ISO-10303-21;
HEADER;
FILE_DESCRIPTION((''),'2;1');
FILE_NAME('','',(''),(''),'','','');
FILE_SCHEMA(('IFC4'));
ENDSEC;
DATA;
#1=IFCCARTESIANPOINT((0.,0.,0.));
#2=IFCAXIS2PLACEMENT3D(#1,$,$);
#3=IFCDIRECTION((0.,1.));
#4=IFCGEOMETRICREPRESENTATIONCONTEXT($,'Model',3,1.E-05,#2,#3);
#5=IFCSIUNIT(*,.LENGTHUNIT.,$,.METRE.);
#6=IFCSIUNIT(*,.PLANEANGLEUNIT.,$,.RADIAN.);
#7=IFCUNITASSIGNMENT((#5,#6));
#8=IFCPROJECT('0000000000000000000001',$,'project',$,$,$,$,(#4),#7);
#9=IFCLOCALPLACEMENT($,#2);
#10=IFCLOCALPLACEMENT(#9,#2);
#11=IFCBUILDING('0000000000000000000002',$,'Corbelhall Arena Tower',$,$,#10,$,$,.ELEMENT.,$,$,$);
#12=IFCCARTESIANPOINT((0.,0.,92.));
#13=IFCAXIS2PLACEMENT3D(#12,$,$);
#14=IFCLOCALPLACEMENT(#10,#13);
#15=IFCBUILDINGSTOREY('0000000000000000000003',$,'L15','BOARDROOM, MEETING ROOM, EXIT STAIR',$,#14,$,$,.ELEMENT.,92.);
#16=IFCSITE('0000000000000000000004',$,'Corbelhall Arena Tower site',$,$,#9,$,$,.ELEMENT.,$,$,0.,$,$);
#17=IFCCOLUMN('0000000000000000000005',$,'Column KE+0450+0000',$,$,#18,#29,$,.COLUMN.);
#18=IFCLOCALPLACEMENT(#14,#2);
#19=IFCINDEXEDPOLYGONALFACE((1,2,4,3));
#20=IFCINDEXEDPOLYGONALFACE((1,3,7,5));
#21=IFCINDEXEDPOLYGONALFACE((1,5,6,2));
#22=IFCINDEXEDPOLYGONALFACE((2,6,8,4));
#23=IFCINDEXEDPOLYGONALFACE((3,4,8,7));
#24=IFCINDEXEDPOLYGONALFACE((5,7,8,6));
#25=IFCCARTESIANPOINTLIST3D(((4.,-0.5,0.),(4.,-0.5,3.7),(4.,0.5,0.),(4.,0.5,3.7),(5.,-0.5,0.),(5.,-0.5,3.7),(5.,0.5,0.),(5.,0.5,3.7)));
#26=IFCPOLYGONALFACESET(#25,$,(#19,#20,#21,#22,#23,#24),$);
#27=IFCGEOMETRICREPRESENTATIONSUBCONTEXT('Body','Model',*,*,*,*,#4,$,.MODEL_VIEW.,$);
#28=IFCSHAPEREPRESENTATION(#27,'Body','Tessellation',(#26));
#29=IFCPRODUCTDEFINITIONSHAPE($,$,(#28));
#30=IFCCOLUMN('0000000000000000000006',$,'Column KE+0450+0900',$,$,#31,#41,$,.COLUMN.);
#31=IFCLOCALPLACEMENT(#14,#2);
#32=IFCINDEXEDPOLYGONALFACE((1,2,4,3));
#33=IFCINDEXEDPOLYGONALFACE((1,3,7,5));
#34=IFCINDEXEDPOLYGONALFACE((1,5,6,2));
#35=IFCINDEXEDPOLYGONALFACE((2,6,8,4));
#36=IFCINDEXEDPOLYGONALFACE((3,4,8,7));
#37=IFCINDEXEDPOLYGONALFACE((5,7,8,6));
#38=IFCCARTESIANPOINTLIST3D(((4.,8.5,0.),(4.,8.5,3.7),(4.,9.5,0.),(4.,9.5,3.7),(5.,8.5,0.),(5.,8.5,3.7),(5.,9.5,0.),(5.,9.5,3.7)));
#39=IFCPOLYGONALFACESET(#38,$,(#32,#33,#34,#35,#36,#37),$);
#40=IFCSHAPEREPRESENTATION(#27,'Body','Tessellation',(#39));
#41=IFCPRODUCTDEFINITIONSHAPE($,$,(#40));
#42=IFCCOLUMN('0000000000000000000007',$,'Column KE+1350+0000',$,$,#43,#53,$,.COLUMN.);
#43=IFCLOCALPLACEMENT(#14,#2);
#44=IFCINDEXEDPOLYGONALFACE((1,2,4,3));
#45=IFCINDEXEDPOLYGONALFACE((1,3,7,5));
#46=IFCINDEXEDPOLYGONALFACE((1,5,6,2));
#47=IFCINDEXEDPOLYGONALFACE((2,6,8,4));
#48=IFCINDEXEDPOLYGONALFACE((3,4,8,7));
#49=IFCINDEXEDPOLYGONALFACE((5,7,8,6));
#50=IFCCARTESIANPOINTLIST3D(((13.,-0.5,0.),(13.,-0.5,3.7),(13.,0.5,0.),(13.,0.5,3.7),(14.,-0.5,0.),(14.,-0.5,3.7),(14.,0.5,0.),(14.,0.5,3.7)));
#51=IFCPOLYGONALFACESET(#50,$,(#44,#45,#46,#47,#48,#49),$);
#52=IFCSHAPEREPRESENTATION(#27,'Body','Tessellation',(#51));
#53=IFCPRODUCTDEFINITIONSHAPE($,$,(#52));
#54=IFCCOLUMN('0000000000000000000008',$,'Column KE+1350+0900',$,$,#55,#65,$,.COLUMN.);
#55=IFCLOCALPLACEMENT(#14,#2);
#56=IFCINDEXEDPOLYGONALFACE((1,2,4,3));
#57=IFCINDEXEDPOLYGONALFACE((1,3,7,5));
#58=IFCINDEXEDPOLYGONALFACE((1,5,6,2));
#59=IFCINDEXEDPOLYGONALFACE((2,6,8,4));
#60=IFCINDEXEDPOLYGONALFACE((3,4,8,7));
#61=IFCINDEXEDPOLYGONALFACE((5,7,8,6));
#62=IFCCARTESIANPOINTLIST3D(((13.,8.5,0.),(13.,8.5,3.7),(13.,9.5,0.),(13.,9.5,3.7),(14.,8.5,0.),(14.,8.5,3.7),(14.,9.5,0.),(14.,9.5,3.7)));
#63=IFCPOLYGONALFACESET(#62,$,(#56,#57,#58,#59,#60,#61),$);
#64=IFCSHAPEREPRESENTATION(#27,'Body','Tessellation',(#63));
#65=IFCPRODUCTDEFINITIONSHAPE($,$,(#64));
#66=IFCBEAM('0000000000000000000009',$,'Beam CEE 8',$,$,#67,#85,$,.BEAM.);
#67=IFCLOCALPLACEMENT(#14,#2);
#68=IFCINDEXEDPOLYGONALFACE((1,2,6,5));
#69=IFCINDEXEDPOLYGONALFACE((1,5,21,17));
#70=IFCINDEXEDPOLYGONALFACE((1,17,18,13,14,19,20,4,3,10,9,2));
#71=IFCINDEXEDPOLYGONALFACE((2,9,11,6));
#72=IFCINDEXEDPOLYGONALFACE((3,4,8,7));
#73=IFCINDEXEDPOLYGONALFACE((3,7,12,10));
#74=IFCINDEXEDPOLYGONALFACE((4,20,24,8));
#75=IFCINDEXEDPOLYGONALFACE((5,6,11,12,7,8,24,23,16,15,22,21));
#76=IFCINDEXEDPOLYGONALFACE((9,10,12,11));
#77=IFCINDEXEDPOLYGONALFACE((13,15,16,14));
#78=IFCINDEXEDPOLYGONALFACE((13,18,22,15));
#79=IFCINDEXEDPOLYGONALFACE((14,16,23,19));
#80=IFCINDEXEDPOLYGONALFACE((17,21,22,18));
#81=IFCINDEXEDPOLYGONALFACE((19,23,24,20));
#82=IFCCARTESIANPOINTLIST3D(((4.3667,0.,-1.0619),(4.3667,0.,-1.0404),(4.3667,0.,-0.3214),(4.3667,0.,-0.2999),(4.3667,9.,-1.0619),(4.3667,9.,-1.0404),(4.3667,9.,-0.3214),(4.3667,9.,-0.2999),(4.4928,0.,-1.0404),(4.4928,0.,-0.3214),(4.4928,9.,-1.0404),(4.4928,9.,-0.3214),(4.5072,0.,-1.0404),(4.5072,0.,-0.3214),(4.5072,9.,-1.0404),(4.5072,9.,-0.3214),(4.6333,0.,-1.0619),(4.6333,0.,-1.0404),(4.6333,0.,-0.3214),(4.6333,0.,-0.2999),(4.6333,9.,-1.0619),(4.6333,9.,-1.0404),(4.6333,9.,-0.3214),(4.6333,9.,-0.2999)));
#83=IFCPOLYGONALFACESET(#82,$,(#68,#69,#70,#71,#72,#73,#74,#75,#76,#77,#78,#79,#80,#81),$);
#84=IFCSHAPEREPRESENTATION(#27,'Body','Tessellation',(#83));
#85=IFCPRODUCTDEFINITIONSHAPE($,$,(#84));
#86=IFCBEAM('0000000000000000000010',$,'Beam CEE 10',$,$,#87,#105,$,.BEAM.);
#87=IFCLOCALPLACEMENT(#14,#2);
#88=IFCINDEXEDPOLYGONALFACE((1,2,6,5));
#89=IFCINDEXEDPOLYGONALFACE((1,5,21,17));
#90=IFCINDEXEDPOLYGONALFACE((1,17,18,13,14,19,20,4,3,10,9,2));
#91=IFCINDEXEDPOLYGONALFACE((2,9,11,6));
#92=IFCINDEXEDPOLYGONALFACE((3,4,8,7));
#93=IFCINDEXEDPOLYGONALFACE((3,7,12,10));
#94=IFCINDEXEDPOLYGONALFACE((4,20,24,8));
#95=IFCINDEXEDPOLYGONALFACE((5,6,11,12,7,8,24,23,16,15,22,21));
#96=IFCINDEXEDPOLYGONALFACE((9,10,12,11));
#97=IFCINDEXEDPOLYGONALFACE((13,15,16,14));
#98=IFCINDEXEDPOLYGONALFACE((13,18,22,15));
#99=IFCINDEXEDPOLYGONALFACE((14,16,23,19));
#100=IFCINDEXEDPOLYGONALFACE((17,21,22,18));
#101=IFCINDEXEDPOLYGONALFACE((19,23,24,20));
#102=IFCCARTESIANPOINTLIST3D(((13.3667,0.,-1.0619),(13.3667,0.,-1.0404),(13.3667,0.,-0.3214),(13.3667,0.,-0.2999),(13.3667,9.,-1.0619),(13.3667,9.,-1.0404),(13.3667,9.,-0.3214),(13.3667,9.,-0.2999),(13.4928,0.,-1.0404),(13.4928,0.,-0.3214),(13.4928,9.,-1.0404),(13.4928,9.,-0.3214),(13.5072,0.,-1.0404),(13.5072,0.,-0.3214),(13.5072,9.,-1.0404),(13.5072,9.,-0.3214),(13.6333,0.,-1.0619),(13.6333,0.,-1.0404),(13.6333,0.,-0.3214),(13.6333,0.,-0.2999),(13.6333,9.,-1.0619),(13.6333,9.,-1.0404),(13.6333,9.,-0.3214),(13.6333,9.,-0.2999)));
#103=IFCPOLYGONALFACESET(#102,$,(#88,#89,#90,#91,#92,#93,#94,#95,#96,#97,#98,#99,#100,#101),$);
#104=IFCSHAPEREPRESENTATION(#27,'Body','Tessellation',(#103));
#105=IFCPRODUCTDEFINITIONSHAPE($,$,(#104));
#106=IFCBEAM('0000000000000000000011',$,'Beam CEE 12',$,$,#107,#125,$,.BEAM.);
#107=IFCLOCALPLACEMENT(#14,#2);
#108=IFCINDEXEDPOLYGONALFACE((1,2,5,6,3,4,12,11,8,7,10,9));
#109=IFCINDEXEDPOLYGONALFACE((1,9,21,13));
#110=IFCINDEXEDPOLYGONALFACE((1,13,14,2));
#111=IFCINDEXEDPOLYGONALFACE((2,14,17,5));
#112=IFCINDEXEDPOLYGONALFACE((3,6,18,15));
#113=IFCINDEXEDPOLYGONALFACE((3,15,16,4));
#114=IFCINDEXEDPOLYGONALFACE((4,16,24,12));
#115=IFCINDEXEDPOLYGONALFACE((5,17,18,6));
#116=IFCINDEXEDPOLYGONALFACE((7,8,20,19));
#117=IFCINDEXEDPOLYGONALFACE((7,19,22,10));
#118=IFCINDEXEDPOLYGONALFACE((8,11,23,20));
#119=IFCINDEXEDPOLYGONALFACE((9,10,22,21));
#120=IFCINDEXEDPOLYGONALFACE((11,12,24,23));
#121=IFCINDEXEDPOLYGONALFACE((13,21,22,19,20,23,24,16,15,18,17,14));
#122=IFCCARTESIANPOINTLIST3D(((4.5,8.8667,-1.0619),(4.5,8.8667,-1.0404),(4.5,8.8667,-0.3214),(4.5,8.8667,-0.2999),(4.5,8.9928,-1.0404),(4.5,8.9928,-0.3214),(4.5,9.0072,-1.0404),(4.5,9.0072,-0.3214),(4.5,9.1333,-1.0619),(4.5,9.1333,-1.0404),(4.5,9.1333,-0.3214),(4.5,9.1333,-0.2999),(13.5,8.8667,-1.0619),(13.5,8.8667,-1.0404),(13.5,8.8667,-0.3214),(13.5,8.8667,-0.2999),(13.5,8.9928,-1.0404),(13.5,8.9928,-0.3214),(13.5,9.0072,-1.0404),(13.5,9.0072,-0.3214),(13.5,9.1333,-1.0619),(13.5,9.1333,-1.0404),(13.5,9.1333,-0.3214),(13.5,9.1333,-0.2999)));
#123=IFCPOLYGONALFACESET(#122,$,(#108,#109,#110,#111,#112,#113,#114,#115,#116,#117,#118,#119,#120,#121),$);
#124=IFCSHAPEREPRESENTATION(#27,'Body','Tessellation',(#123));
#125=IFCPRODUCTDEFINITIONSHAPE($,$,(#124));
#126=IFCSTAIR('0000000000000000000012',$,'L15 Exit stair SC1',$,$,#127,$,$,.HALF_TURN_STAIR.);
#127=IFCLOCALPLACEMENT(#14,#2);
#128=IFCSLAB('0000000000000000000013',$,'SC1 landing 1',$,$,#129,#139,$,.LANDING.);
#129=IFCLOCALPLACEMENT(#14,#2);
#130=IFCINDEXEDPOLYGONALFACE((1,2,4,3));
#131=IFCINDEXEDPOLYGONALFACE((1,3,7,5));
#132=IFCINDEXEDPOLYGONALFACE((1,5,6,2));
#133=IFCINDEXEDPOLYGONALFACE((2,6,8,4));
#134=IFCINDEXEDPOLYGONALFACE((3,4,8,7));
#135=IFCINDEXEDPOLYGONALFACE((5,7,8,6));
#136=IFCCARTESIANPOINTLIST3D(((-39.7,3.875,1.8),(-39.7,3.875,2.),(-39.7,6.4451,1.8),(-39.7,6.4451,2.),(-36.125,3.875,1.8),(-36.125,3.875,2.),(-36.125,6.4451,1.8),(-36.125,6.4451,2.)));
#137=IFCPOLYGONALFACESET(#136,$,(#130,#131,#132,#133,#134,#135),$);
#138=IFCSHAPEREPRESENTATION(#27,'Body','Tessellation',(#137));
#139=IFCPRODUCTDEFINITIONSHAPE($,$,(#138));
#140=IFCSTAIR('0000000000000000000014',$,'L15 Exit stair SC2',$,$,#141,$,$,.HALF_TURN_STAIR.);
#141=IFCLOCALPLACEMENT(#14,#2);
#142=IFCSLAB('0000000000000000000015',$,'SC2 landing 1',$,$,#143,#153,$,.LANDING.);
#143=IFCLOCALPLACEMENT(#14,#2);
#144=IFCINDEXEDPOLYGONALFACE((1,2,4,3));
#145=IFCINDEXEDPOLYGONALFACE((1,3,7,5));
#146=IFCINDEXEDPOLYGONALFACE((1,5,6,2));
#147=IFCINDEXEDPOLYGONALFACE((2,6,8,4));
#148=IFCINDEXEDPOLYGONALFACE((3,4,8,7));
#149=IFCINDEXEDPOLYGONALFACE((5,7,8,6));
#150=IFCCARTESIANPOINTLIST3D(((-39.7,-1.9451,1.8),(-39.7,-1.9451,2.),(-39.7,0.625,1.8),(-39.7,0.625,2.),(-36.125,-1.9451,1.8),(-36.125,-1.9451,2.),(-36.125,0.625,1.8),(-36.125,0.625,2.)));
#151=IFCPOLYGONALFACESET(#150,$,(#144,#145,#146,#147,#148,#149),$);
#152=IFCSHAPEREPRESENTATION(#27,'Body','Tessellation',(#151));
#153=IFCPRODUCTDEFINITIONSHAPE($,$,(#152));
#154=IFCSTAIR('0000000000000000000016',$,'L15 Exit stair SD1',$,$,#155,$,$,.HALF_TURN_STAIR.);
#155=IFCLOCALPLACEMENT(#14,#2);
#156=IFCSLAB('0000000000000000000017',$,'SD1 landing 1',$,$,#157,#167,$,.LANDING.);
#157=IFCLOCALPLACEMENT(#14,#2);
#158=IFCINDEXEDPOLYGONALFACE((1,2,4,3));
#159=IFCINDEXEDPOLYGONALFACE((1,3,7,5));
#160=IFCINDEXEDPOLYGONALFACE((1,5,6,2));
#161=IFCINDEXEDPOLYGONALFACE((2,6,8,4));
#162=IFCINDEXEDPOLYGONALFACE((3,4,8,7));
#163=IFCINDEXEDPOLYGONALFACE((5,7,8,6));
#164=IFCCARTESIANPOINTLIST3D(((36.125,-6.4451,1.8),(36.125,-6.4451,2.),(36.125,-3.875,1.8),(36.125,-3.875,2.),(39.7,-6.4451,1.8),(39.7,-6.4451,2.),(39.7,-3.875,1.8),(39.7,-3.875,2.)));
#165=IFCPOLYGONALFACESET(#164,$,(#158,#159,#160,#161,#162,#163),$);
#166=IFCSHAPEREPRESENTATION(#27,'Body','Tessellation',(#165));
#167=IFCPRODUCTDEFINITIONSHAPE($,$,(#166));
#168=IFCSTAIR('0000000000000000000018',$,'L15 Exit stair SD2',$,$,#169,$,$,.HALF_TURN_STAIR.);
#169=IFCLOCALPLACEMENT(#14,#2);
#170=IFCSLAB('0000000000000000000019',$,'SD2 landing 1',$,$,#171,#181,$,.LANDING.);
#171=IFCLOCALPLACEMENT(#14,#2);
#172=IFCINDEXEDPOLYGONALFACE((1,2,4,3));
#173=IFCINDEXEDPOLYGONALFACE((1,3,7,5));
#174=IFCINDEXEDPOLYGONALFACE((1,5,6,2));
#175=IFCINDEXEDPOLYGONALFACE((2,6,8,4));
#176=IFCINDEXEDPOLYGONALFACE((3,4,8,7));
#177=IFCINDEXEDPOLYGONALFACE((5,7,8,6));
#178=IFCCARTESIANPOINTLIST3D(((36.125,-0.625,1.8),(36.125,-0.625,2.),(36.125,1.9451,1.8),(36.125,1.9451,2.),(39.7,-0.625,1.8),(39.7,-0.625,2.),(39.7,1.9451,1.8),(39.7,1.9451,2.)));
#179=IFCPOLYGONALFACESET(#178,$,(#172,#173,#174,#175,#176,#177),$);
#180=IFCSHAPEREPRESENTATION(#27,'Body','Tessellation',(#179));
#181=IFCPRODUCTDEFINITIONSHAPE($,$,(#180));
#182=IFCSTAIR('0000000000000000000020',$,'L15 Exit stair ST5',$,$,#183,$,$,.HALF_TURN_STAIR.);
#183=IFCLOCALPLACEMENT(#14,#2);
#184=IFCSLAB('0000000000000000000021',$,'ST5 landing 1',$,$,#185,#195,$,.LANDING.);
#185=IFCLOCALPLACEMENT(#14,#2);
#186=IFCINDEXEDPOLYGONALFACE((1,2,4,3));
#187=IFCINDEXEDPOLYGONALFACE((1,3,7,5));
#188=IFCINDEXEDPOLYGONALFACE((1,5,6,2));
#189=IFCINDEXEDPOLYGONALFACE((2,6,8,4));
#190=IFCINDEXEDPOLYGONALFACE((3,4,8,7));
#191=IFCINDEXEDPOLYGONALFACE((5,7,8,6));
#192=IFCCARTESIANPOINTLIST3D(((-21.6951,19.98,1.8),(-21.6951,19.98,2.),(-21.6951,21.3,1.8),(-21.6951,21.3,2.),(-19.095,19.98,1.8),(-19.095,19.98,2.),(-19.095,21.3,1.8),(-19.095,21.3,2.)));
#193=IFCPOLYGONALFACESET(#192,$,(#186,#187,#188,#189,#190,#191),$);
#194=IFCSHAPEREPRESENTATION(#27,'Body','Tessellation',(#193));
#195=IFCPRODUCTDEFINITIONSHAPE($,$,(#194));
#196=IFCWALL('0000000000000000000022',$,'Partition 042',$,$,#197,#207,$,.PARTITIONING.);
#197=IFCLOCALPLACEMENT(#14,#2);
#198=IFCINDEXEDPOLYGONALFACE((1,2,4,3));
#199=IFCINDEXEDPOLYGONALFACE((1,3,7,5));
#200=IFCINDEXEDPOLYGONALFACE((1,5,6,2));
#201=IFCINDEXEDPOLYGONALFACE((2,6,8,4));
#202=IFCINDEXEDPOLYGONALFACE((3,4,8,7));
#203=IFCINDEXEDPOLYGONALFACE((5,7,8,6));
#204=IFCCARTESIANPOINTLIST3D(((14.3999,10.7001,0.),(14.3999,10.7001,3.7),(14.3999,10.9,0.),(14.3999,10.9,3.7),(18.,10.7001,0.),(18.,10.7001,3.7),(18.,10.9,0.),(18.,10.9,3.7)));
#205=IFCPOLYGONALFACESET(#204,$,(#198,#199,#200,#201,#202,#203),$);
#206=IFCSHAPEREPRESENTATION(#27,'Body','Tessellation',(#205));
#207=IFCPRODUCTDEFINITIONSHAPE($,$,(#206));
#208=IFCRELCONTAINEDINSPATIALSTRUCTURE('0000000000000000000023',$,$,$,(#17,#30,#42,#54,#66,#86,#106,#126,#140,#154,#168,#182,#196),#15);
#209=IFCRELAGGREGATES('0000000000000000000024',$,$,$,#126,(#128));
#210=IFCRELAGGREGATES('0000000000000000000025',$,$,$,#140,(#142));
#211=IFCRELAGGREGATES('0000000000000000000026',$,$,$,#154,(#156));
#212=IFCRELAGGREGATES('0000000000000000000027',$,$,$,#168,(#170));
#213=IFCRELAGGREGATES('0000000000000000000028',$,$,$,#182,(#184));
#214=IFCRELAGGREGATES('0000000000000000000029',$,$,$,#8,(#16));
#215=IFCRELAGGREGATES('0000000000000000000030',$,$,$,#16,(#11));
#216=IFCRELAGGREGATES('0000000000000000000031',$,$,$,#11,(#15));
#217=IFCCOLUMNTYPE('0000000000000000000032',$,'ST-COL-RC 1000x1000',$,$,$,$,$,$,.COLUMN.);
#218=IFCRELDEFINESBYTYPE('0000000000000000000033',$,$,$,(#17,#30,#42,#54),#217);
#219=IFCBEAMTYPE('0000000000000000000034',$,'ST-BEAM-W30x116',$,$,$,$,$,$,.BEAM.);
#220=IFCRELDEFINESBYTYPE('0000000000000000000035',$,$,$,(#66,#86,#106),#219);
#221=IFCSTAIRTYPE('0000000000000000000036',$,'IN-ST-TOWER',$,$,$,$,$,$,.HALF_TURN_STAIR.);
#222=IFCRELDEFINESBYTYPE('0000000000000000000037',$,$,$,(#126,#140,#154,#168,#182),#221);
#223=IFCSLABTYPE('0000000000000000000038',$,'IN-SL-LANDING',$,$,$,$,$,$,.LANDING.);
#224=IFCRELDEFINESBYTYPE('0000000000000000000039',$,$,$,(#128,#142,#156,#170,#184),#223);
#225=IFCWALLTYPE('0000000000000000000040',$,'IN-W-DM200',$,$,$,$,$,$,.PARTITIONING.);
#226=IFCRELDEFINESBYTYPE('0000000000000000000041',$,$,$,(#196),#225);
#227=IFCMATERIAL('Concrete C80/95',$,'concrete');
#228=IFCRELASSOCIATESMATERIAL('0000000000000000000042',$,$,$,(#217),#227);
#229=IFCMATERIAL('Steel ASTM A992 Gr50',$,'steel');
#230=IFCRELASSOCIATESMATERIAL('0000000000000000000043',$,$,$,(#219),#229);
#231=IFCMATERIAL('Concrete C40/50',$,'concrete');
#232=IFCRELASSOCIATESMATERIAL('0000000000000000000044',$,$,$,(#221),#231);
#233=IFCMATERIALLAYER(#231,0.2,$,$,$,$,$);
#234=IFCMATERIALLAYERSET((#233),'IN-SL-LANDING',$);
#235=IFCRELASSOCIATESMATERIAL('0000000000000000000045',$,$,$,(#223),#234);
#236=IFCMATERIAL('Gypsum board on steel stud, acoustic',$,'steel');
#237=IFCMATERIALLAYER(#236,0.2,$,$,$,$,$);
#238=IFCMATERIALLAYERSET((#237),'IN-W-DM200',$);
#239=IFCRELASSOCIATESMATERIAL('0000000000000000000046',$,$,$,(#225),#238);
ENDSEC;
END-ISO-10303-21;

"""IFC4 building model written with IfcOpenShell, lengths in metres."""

from ifc_helpers import new_model, si_unit, direction, frame, frame_2d, origin, origin_2d, place, context, subcontext, project, spatial, polyline, rectangle, i_section, outline, extrude, material, layer, layer_set, material_profile, profile_set, type_object, element, aggregate, save


model = new_model("IFC4")

# Units and contexts
model_context = context("Model", 3, precision=1e-05, world=origin(), true_north=direction((0.0, 1.0)))
body_context = subcontext(model_context, "Body", "Model", "MODEL_VIEW")
ifc_project = project(units=[si_unit("LENGTHUNIT", "METRE"), si_unit("PLANEANGLEUNIT", "RADIAN")], contexts=[model_context])

# Site, building, storey
site_placement = place(None, origin())
site = spatial("IfcSite", under=ifc_project, at=site_placement, Name="Corbelhall Arena Tower site", CompositionType="ELEMENT", RefElevation=0.0)
building_placement = place(site_placement, origin())
building = spatial("IfcBuilding", under=site, at=building_placement, Name="Corbelhall Arena Tower", CompositionType="ELEMENT")
storey_placement = place(building_placement, frame((0.0, 0.0, 92.0)))
storey = spatial("IfcBuildingStorey", under=building, at=storey_placement, Name="L15", Description="BOARDROOM, MEETING ROOM, EXIT STAIR", CompositionType="ELEMENT", Elevation=92.0)

# Columns
ifc_material_1 = material(Name="Concrete C80/95", Category="concrete")
ifc_material_profile_1 = material_profile(ifc_material_1, rectangle(XDim=1.0, YDim=1.0, at=origin_2d()))
ifc_profile_set_1 = profile_set([ifc_material_profile_1], Name="Concrete C80/95")
column_type = type_object("IfcColumnType", Name="ST-COL-RC 1000x1000", PredefinedType="COLUMN", material=ifc_profile_set_1)
for number, where, z_axis, x_axis, name in (
    (1, (4.5, 0.0, 0.0), (0.0, 0.0, 1.0), (1.0, 0.0, 0.0), "Column KE+0450+0000"),
    (2, (4.5, 9.0, 0.0), (0.0, 0.0, 1.0), (1.0, 0.0, 0.0), "Column KE+0450+0900"),
    (3, (13.5, 0.0, 0.0), (0.0, 0.0, 1.0), (1.0, 0.0, 0.0), "Column KE+1350+0000"),
    (4, (13.5, 9.0, 0.0), (0.0, 0.0, 1.0), (1.0, 0.0, 0.0), "Column KE+1350+0900"),
):
    element("IfcColumn", number, at=place(storey_placement, frame(where, z_axis=z_axis, x_axis=x_axis)), inside=storey, type_object=column_type, Name=name, PredefinedType="COLUMN", context=body_context, shape_type="SweptSolid", body=[
        extrude(rectangle(XDim=1.0, YDim=1.0, at=origin_2d()), origin(), (0.0, 0.0, 1.0), 3.7),
    ])

# Beams
ifc_material_2 = material(Name="Steel ASTM A992 Gr50", Category="steel")
ifc_material_profile_2 = material_profile(ifc_material_2, i_section(OverallWidth=0.2666, OverallDepth=0.762, WebThickness=0.0144, FlangeThickness=0.0215, at=origin_2d()))
ifc_profile_set_2 = profile_set([ifc_material_profile_2], Name="Steel ASTM A992 Gr50")
beam_type = type_object("IfcBeamType", Name="ST-BEAM-W30x116", PredefinedType="BEAM", material=ifc_profile_set_2)
for number, where, z_axis, x_axis, name in (
    (5, (4.5, 0.0, -0.6809), (0.0, 1.0, 0.0), (-1.0, 0.0, 0.0), "Beam CEE 8"),
    (6, (13.5, 0.0, -0.6809), (0.0, 1.0, 0.0), (-1.0, 0.0, 0.0), "Beam CEE 10"),
    (7, (4.5, 9.0, -0.6809), (1.0, 0.0, 0.0), (0.0, 1.0, 0.0), "Beam CEE 12"),
):
    element("IfcBeam", number, at=place(storey_placement, frame(where, z_axis=z_axis, x_axis=x_axis)), inside=storey, type_object=beam_type, Name=name, PredefinedType="BEAM", context=body_context, shape_type="SweptSolid", body=[
        extrude(i_section(OverallWidth=0.2666, OverallDepth=0.762, WebThickness=0.0144, FlangeThickness=0.0215, at=origin_2d()), origin(), (0.0, 0.0, 1.0), 9.0),
    ])

# Stairs, slabs
ifc_material_3 = material(Name="Concrete C40/50", Category="concrete")
stair_type = type_object("IfcStairType", Name="IN-ST-TOWER", PredefinedType="HALF_TURN_STAIR", material=ifc_material_3)
stair_1_placement = place(storey_placement, origin())
stair_1 = element("IfcStair", 8, at=stair_1_placement, inside=storey, type_object=stair_type, Name="L15 Exit stair SC1", PredefinedType="HALF_TURN_STAIR")
ifc_layer_1 = layer(ifc_material_3, 0.2)
ifc_layer_set_1 = layer_set([ifc_layer_1], Name="IN-SL-LANDING")
slab_type = type_object("IfcSlabType", Name="IN-SL-LANDING", PredefinedType="LANDING", material=ifc_layer_set_1)
slab_1_placement = place(storey_placement, frame((0.0, 0.0, 1.8)))
slab_1 = element("IfcSlab", 9, at=slab_1_placement, type_object=slab_type, Name="SC1 landing 1", PredefinedType="LANDING", context=body_context, shape_type="SweptSolid", body=[
    extrude(outline(polyline([(-39.7, 6.4451), (-39.7, 3.875), (-36.125, 3.875), (-36.125, 6.4451), (-39.7, 6.4451)])), origin(), (0.0, 0.0, 1.0), 0.2),
])
aggregate(stair_1, [slab_1])
stair_2_placement = place(storey_placement, origin())
stair_2 = element("IfcStair", 10, at=stair_2_placement, inside=storey, type_object=stair_type, Name="L15 Exit stair SC2", PredefinedType="HALF_TURN_STAIR")
slab_2_placement = place(storey_placement, frame((0.0, 0.0, 1.8)))
slab_2 = element("IfcSlab", 11, at=slab_2_placement, type_object=slab_type, Name="SC2 landing 1", PredefinedType="LANDING", context=body_context, shape_type="SweptSolid", body=[
    extrude(outline(polyline([(-36.125, -1.9451), (-36.125, 0.625), (-39.7, 0.625), (-39.7, -1.9451), (-36.125, -1.9451)])), origin(), (0.0, 0.0, 1.0), 0.2),
])
aggregate(stair_2, [slab_2])
stair_3_placement = place(storey_placement, origin())
stair_3 = element("IfcStair", 12, at=stair_3_placement, inside=storey, type_object=stair_type, Name="L15 Exit stair SD1", PredefinedType="HALF_TURN_STAIR")
slab_3_placement = place(storey_placement, frame((0.0, 0.0, 1.8)))
slab_3 = element("IfcSlab", 13, at=slab_3_placement, type_object=slab_type, Name="SD1 landing 1", PredefinedType="LANDING", context=body_context, shape_type="SweptSolid", body=[
    extrude(outline(polyline([(39.7, -6.4451), (39.7, -3.875), (36.125, -3.875), (36.125, -6.4451), (39.7, -6.4451)])), origin(), (0.0, 0.0, 1.0), 0.2),
])
aggregate(stair_3, [slab_3])
stair_4_placement = place(storey_placement, origin())
stair_4 = element("IfcStair", 14, at=stair_4_placement, inside=storey, type_object=stair_type, Name="L15 Exit stair SD2", PredefinedType="HALF_TURN_STAIR")
slab_4_placement = place(storey_placement, frame((0.0, 0.0, 1.8)))
slab_4 = element("IfcSlab", 15, at=slab_4_placement, type_object=slab_type, Name="SD2 landing 1", PredefinedType="LANDING", context=body_context, shape_type="SweptSolid", body=[
    extrude(outline(polyline([(36.125, 1.9451), (36.125, -0.625), (39.7, -0.625), (39.7, 1.9451), (36.125, 1.9451)])), origin(), (0.0, 0.0, 1.0), 0.2),
])
aggregate(stair_4, [slab_4])
stair_5_placement = place(storey_placement, origin())
stair_5 = element("IfcStair", 16, at=stair_5_placement, inside=storey, type_object=stair_type, Name="L15 Exit stair ST5", PredefinedType="HALF_TURN_STAIR")
slab_5_placement = place(storey_placement, frame((0.0, 0.0, 1.8)))
slab_5 = element("IfcSlab", 17, at=slab_5_placement, type_object=slab_type, Name="ST5 landing 1", PredefinedType="LANDING", context=body_context, shape_type="SweptSolid", body=[
    extrude(outline(polyline([(-19.095, 19.98), (-19.095, 21.3), (-21.6951, 21.3), (-21.6951, 19.98), (-19.095, 19.98)])), origin(), (0.0, 0.0, 1.0), 0.2),
])
aggregate(stair_5, [slab_5])

# Wall
ifc_material_4 = material(Name="Gypsum board on steel stud, acoustic", Category="steel")
ifc_layer_2 = layer(ifc_material_4, 0.2)
ifc_layer_set_2 = layer_set([ifc_layer_2], Name="IN-W-DM200")
wall_type_1 = type_object("IfcWallType", Name="IN-W-DM200", PredefinedType="PARTITIONING", material=ifc_layer_set_2)
wall_1_placement = place(storey_placement, frame((14.3999, 10.8, 0.0), z_axis=(0.0, 0.0, 1.0), x_axis=(1.0, 0.0, 0.0)))
element("IfcWall", 18, at=wall_1_placement, inside=storey, type_object=wall_type_1, Name="Partition 042", PredefinedType="PARTITIONING", context=body_context, shape_type="SweptSolid", body=[
    extrude(rectangle(XDim=3.6001, YDim=0.2, at=frame_2d((1.8, 0.0))), origin(), (0.0, 0.0, 1.0), 3.7),
])

save(model, "model.ifc")
